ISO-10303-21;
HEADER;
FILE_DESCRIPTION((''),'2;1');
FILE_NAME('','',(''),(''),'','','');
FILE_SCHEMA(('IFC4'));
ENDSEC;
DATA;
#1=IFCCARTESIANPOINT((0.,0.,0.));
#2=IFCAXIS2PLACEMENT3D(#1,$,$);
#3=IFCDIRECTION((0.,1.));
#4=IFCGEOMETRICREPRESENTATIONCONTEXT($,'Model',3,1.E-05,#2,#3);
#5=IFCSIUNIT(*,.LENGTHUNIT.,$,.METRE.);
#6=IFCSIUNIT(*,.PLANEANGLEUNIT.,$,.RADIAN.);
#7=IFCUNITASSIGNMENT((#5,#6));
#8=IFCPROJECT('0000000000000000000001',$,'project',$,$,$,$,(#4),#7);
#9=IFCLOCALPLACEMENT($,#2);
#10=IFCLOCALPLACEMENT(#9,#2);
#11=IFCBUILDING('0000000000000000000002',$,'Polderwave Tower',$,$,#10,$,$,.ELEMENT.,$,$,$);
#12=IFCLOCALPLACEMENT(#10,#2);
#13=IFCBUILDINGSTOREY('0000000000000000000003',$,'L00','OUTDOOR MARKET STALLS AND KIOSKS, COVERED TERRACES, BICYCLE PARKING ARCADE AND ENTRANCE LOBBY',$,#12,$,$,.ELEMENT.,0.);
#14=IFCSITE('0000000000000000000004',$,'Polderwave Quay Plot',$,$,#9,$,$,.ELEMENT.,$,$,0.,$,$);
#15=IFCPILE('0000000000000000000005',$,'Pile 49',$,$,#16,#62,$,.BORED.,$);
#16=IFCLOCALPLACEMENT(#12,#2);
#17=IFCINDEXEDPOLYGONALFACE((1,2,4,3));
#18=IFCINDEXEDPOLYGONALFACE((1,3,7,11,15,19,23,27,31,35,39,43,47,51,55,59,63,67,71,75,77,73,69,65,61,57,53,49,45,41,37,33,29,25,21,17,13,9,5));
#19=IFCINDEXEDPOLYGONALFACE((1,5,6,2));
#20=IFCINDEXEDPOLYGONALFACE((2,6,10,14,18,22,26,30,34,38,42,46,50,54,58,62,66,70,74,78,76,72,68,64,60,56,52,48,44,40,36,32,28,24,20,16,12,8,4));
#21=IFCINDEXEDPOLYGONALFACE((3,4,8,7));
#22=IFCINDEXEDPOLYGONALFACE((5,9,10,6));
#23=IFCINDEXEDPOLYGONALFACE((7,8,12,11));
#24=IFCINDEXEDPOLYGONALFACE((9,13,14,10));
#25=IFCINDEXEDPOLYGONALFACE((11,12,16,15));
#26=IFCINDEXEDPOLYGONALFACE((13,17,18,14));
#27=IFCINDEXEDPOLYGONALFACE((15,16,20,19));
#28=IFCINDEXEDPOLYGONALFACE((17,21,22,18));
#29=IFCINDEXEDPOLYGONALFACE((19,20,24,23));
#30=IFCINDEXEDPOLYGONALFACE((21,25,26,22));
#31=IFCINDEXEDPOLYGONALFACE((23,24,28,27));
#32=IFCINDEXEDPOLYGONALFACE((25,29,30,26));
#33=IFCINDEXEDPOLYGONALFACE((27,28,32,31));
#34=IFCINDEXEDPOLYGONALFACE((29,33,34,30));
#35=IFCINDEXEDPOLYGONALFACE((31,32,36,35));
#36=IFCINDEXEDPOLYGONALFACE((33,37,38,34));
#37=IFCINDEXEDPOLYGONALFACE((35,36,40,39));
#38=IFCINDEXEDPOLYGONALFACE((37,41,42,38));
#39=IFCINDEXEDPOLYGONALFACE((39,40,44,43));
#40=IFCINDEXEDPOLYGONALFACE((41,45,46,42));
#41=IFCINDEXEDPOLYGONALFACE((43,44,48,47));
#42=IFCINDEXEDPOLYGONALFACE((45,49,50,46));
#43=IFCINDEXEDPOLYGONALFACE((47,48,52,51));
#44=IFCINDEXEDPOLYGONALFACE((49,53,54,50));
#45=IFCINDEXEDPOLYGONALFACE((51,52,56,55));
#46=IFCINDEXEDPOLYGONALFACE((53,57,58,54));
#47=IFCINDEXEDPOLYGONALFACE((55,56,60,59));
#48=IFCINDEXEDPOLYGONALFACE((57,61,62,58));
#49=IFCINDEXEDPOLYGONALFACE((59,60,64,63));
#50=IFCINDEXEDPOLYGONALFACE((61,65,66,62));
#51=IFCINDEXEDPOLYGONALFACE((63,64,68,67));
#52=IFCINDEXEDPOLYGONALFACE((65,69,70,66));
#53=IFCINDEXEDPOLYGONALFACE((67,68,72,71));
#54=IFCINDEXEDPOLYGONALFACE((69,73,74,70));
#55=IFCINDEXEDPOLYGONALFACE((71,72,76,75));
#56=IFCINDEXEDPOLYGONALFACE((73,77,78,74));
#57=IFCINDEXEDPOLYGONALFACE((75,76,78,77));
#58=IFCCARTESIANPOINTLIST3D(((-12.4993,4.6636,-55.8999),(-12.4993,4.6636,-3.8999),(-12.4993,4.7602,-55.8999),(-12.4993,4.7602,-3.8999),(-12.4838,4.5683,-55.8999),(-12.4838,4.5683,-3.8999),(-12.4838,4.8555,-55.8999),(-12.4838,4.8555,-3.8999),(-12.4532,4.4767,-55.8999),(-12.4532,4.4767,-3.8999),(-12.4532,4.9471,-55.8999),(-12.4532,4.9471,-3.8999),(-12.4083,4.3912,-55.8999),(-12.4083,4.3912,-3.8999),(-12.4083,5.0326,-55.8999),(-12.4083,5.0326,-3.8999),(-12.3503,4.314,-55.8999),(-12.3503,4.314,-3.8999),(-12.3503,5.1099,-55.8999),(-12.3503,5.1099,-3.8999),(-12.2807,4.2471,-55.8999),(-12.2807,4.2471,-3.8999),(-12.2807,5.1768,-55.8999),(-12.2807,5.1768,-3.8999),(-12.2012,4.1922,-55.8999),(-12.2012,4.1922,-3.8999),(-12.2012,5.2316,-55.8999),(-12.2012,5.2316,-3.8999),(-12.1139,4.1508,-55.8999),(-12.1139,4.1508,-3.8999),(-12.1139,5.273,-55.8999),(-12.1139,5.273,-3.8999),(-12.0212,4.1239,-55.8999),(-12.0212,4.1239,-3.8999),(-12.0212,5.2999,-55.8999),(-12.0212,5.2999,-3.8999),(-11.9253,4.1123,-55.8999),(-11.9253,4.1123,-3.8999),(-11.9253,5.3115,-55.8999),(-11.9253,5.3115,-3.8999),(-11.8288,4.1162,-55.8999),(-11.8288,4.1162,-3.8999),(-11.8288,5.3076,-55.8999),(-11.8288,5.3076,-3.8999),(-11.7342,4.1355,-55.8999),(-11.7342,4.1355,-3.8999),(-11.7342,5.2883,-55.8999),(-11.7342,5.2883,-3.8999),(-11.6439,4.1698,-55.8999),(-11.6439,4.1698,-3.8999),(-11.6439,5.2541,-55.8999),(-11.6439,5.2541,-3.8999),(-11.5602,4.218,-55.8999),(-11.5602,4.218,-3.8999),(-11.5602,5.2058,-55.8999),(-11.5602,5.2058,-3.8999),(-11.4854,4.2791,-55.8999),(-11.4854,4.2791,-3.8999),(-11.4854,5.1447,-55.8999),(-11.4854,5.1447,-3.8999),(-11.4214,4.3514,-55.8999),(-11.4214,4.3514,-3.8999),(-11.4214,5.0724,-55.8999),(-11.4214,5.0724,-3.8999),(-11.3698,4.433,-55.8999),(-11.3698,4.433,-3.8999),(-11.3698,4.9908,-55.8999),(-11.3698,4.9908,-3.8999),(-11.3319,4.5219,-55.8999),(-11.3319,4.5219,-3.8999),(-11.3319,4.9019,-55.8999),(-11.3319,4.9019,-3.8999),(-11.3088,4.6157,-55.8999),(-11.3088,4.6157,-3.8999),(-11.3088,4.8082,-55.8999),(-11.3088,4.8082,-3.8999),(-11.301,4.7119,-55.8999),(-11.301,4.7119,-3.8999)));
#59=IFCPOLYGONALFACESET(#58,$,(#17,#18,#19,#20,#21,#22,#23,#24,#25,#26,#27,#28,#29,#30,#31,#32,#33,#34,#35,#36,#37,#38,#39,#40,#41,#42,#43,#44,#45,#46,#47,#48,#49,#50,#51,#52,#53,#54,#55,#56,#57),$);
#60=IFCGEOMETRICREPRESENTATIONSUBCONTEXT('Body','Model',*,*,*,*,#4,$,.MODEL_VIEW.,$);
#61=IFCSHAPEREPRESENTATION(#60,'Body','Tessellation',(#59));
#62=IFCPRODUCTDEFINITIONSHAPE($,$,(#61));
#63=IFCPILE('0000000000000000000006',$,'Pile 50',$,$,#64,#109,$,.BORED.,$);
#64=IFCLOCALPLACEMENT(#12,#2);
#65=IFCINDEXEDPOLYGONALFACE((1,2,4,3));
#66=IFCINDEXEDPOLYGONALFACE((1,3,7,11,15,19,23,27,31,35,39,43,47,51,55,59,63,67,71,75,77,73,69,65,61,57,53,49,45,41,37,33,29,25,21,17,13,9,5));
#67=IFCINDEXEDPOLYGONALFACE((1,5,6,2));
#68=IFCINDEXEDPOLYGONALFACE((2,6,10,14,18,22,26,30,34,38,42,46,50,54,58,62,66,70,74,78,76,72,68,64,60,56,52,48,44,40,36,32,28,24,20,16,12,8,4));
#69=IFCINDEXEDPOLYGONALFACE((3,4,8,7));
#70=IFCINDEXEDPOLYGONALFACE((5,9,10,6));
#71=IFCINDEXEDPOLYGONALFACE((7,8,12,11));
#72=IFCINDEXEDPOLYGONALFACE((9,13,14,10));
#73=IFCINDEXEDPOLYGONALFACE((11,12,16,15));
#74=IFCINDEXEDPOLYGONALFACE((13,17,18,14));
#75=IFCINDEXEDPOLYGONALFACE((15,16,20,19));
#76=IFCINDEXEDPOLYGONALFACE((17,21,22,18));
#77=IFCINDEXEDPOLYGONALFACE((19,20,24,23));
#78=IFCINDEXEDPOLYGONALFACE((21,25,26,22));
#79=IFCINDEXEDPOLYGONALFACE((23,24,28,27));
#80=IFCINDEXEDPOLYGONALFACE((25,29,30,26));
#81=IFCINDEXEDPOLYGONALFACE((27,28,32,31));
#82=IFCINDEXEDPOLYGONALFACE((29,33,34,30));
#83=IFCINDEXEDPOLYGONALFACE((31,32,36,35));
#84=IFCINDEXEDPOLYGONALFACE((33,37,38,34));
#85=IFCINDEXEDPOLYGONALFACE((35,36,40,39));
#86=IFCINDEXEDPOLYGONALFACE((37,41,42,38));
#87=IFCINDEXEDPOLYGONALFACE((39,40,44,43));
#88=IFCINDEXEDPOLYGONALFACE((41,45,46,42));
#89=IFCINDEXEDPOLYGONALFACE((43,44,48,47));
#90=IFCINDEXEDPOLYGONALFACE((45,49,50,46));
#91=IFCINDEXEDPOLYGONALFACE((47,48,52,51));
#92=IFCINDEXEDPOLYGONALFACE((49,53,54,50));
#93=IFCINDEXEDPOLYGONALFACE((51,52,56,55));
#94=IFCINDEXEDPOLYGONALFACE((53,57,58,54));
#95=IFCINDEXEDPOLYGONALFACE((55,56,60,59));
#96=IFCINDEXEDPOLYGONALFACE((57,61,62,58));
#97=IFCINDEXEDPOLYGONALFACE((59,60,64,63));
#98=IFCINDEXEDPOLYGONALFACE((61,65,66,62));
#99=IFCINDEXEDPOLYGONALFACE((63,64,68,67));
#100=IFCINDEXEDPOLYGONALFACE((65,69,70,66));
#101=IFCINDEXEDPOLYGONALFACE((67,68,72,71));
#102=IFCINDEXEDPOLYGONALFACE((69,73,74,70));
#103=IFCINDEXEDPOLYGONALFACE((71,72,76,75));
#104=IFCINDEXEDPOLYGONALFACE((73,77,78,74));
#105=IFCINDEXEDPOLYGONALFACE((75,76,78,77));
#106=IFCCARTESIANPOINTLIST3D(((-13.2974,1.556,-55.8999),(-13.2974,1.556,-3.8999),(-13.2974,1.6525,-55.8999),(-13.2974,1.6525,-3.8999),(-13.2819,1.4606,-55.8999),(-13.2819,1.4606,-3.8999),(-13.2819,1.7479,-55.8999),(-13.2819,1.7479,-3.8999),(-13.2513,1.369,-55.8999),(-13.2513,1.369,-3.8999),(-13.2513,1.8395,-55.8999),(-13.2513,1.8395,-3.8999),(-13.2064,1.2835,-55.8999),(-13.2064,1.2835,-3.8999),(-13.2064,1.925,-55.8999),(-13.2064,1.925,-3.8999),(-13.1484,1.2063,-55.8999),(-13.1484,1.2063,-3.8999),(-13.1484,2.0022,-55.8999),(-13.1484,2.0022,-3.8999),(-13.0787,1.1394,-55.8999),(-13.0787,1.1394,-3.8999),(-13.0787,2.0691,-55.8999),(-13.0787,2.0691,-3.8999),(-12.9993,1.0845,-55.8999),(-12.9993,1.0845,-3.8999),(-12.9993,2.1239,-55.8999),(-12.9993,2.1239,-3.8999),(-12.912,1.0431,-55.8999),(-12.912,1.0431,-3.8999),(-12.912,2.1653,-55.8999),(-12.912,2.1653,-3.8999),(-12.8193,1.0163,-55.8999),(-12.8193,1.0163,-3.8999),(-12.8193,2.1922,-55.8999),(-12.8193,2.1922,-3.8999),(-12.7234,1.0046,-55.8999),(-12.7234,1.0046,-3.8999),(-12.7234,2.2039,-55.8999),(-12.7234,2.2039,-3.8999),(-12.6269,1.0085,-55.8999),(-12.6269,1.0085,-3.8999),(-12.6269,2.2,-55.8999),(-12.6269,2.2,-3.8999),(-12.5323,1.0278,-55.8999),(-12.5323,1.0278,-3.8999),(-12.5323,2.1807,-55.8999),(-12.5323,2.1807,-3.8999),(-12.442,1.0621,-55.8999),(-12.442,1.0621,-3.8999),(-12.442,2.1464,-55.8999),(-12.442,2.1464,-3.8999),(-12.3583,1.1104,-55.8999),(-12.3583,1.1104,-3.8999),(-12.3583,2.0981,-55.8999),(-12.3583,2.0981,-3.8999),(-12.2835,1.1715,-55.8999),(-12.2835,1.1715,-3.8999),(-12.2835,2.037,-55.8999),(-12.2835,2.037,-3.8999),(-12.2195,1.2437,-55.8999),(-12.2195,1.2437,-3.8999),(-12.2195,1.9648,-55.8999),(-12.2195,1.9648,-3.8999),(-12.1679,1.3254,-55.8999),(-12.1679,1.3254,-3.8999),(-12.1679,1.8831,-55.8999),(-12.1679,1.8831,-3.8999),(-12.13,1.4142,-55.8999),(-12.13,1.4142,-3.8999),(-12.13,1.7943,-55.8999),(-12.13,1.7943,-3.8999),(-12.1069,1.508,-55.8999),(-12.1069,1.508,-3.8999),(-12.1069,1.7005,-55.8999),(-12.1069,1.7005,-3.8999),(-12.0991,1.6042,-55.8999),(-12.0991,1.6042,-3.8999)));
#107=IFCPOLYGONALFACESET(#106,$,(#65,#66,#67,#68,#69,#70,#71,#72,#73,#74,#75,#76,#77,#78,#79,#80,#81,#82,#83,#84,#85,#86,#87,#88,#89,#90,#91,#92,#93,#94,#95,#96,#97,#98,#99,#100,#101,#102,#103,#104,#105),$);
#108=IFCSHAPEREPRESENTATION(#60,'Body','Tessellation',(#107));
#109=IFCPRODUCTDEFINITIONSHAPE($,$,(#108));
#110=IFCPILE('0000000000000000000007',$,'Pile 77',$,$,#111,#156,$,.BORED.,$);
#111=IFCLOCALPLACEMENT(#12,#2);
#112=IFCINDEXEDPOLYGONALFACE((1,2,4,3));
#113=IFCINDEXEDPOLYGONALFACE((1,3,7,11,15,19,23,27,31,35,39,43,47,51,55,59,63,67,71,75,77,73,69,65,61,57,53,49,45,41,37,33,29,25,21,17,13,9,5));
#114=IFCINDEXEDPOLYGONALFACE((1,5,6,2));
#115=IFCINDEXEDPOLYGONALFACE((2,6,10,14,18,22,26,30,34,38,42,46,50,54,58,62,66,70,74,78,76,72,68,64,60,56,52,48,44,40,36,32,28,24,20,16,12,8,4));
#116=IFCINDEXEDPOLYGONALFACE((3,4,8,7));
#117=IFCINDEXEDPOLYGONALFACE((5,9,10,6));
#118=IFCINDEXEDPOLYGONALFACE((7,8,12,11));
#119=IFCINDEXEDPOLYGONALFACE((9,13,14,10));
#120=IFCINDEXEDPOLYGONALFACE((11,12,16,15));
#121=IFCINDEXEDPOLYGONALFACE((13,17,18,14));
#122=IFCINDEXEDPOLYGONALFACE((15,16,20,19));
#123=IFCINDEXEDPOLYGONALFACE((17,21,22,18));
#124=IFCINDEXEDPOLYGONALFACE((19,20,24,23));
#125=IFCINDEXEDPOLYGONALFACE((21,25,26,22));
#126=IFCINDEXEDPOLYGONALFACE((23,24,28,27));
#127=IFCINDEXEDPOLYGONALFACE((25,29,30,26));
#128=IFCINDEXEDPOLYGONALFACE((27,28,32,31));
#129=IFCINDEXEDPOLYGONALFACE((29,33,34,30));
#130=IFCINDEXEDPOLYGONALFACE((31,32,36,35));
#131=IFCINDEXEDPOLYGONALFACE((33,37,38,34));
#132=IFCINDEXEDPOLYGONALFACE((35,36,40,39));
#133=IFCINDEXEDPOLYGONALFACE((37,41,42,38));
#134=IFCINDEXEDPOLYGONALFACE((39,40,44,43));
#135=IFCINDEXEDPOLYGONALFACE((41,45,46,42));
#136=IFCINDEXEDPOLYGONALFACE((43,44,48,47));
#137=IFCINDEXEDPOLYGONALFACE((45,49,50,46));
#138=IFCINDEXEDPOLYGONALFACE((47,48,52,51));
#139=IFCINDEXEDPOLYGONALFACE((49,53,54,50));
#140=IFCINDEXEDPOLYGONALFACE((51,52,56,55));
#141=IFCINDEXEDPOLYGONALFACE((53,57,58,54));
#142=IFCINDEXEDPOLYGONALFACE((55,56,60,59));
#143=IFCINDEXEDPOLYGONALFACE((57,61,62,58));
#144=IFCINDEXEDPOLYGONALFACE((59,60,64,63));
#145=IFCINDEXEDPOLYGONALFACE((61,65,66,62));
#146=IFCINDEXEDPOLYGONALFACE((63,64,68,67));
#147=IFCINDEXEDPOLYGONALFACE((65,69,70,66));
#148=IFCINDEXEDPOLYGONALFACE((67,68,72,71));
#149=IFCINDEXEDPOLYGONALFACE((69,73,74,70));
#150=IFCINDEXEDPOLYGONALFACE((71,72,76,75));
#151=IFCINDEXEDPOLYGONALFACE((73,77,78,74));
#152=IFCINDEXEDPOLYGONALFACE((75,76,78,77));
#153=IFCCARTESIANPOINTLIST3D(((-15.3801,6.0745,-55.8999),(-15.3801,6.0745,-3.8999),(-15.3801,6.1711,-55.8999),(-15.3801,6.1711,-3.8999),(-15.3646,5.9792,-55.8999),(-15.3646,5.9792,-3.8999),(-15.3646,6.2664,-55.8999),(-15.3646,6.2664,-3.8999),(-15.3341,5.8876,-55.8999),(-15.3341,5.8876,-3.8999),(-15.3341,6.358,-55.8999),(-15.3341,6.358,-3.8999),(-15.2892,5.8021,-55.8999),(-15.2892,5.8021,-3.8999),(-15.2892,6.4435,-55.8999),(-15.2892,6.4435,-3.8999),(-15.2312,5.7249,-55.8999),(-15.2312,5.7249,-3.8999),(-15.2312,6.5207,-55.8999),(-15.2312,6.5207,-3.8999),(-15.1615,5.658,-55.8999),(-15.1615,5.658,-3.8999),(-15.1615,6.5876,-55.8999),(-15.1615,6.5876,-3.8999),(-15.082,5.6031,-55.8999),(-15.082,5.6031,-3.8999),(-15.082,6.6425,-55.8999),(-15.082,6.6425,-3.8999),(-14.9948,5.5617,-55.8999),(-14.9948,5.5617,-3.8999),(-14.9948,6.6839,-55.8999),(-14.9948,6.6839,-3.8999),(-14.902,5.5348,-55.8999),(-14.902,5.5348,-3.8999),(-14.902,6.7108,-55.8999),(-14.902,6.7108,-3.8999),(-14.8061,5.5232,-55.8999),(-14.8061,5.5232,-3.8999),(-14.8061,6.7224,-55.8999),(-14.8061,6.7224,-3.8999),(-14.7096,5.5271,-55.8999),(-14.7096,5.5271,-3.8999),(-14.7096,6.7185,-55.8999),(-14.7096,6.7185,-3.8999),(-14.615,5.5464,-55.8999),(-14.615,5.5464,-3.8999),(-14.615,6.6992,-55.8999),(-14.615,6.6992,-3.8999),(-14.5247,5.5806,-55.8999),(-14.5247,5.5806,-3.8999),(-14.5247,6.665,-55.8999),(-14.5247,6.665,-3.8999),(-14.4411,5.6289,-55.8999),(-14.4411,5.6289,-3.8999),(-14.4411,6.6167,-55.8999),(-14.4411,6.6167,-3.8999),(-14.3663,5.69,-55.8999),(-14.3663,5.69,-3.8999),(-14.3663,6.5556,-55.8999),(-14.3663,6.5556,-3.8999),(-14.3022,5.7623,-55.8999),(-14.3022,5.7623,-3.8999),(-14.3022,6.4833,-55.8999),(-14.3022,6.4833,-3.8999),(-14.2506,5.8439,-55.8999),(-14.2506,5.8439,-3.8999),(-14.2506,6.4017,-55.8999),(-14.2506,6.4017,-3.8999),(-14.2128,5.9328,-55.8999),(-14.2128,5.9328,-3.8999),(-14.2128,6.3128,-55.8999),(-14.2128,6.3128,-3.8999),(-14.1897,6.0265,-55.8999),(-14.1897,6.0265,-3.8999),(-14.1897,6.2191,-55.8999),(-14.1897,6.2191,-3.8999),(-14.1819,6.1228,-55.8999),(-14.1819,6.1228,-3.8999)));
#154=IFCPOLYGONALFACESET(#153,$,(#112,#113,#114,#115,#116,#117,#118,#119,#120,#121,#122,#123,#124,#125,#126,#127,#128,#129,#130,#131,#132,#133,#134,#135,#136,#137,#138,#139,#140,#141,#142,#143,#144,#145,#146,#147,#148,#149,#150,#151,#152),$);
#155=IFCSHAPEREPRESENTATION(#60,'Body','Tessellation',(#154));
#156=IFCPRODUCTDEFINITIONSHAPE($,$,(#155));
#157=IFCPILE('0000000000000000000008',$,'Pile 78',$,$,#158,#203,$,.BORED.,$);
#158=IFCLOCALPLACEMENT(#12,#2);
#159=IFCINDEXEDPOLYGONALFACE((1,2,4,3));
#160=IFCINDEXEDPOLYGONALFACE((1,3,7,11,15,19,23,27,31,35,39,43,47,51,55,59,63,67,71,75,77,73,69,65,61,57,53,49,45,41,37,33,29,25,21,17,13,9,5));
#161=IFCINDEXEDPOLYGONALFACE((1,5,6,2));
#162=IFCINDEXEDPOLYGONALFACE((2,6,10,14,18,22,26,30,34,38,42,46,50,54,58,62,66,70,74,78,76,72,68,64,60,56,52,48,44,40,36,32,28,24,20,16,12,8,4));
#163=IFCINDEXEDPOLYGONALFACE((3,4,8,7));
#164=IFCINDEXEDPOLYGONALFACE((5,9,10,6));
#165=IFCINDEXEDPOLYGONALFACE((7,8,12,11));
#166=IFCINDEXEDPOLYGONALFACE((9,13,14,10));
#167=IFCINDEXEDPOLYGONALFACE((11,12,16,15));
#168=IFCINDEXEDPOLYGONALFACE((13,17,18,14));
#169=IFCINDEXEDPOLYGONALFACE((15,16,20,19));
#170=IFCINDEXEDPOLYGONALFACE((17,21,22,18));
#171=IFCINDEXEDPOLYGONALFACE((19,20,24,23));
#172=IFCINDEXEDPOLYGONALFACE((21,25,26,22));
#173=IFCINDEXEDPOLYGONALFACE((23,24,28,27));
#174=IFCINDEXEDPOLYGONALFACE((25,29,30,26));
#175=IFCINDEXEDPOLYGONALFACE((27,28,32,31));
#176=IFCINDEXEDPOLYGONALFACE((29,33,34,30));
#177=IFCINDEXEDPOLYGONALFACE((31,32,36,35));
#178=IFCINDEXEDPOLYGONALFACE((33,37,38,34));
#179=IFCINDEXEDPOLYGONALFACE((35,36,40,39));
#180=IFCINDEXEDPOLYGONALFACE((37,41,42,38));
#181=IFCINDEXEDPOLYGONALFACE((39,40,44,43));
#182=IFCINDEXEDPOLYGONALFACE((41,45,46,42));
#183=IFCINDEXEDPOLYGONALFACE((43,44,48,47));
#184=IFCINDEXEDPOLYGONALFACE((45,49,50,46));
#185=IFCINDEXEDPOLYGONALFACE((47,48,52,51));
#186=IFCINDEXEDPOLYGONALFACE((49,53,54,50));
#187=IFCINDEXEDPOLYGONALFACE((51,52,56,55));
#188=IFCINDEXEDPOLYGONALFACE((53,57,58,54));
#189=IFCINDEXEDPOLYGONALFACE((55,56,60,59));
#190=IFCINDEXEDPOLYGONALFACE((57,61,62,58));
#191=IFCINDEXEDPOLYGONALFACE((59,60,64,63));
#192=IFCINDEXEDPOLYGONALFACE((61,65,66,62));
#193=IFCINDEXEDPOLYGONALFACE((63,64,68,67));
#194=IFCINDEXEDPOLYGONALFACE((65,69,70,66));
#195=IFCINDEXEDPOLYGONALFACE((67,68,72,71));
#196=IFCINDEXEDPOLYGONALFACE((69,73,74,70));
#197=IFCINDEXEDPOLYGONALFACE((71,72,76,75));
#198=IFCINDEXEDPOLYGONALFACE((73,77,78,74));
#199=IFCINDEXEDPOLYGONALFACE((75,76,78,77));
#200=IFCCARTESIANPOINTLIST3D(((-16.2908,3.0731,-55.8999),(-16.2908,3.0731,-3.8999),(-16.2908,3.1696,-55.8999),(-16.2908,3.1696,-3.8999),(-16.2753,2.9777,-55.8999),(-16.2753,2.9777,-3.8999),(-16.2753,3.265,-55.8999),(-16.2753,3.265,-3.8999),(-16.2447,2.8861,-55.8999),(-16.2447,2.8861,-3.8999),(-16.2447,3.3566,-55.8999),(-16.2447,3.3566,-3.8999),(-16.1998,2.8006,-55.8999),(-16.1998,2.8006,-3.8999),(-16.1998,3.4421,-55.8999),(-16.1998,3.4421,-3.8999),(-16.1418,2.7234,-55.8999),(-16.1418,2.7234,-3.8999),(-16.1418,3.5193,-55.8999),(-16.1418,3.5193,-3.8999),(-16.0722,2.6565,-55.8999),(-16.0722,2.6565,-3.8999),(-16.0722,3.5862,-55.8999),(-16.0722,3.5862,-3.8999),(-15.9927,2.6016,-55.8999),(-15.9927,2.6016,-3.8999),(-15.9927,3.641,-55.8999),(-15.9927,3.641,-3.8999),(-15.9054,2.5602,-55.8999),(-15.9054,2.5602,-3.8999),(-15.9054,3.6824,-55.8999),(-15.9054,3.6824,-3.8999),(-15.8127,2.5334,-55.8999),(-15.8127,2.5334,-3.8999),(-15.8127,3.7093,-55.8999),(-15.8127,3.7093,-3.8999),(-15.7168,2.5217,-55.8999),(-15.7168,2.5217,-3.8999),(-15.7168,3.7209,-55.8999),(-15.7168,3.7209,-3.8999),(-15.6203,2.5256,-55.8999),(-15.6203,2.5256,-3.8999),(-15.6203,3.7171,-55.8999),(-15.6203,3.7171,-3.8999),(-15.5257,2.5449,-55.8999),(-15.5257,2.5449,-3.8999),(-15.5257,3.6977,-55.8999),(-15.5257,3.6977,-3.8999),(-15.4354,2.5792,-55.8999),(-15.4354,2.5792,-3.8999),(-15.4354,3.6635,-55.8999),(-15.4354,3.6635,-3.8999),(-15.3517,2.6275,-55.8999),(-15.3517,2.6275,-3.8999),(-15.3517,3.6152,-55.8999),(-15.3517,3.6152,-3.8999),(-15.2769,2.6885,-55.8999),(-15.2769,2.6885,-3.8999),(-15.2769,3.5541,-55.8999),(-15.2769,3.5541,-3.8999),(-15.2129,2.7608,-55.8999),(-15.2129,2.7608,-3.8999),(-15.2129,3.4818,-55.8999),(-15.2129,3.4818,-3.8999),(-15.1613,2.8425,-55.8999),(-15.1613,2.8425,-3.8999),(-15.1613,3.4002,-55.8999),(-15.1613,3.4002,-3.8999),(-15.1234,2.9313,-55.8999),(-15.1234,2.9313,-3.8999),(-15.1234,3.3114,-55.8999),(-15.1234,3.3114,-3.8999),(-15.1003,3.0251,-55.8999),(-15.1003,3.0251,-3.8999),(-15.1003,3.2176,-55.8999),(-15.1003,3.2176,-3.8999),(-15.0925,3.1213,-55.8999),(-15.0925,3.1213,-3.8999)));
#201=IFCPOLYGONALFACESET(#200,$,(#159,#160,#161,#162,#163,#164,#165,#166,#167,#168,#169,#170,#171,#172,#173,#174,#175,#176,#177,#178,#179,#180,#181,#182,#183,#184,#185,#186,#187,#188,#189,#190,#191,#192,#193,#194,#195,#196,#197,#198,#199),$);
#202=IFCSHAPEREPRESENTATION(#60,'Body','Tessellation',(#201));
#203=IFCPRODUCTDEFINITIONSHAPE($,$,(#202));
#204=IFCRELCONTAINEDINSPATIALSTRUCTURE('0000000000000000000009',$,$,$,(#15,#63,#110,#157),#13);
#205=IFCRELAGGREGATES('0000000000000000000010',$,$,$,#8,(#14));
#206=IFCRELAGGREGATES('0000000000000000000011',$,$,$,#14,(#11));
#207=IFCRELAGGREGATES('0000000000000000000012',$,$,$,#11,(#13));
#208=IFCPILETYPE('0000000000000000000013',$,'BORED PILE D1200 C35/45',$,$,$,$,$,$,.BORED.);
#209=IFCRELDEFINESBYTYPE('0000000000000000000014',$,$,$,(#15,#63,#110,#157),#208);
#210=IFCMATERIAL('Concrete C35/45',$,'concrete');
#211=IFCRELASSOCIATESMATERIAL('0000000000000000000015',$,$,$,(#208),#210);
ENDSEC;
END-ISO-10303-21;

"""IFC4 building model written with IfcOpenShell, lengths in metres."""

from ifc_helpers import new_model, si_unit, direction, frame, origin, origin_2d, place, context, subcontext, project, spatial, circle, extrude, material, material_profile, profile_set, type_object, element, save


model = new_model("IFC4")

# Units and contexts
model_context = context("Model", 3, precision=1e-05, world=origin(), true_north=direction((0.0, 1.0)))
body_context = subcontext(model_context, "Body", "Model", "MODEL_VIEW")
ifc_project = project(units=[si_unit("LENGTHUNIT", "METRE"), si_unit("PLANEANGLEUNIT", "RADIAN")], contexts=[model_context])

# Site, building, storey
site_placement = place(None, origin())
site = spatial("IfcSite", under=ifc_project, at=site_placement, Name="Polderwave Quay Plot", CompositionType="ELEMENT", RefElevation=0.0)
building_placement = place(site_placement, origin())
building = spatial("IfcBuilding", under=site, at=building_placement, Name="Polderwave Tower", CompositionType="ELEMENT")
storey_placement = place(building_placement, origin())
storey = spatial("IfcBuildingStorey", under=building, at=storey_placement, Name="L00", Description="OUTDOOR MARKET STALLS AND KIOSKS, COVERED TERRACES, BICYCLE PARKING ARCADE AND ENTRANCE LOBBY", CompositionType="ELEMENT", Elevation=0.0)

# Piles
ifc_material_1 = material(Name="Concrete C35/45", Category="concrete")
ifc_material_profile_1 = material_profile(ifc_material_1, circle(Radius=0.6001, at=origin_2d()), Name="BORED D1200")
ifc_profile_set_1 = profile_set([ifc_material_profile_1], Name="Concrete C35/45")
pile_type = type_object("IfcPileType", Name="BORED PILE D1200 C35/45", PredefinedType="BORED", material=ifc_profile_set_1)
for number, where, z_axis, x_axis, name in (
    (1, (-11.9011, 4.7119, -3.8999), (0.0, 0.0, -1.0), (1.0, 0.0, 0.0), "Pile 49"),
    (2, (-12.6992, 1.6042, -3.8999), (0.0, 0.0, -1.0), (1.0, 0.0, 0.0), "Pile 50"),
    (3, (-14.782, 6.1228, -3.8999), (0.0, 0.0, -1.0), (1.0, 0.0, 0.0), "Pile 77"),
    (4, (-15.6926, 3.1213, -3.8999), (0.0, 0.0, -1.0), (1.0, 0.0, 0.0), "Pile 78"),
):
    element("IfcPile", number, at=place(storey_placement, frame(where, z_axis=z_axis, x_axis=x_axis)), inside=storey, type_object=pile_type, Name=name, PredefinedType="BORED", context=body_context, shape_type="SweptSolid", body=[
        extrude(circle(Radius=0.6001, at=origin_2d()), origin(), (0.0, 0.0, 1.0), 52.0),
    ])

save(model, "model.ifc")
